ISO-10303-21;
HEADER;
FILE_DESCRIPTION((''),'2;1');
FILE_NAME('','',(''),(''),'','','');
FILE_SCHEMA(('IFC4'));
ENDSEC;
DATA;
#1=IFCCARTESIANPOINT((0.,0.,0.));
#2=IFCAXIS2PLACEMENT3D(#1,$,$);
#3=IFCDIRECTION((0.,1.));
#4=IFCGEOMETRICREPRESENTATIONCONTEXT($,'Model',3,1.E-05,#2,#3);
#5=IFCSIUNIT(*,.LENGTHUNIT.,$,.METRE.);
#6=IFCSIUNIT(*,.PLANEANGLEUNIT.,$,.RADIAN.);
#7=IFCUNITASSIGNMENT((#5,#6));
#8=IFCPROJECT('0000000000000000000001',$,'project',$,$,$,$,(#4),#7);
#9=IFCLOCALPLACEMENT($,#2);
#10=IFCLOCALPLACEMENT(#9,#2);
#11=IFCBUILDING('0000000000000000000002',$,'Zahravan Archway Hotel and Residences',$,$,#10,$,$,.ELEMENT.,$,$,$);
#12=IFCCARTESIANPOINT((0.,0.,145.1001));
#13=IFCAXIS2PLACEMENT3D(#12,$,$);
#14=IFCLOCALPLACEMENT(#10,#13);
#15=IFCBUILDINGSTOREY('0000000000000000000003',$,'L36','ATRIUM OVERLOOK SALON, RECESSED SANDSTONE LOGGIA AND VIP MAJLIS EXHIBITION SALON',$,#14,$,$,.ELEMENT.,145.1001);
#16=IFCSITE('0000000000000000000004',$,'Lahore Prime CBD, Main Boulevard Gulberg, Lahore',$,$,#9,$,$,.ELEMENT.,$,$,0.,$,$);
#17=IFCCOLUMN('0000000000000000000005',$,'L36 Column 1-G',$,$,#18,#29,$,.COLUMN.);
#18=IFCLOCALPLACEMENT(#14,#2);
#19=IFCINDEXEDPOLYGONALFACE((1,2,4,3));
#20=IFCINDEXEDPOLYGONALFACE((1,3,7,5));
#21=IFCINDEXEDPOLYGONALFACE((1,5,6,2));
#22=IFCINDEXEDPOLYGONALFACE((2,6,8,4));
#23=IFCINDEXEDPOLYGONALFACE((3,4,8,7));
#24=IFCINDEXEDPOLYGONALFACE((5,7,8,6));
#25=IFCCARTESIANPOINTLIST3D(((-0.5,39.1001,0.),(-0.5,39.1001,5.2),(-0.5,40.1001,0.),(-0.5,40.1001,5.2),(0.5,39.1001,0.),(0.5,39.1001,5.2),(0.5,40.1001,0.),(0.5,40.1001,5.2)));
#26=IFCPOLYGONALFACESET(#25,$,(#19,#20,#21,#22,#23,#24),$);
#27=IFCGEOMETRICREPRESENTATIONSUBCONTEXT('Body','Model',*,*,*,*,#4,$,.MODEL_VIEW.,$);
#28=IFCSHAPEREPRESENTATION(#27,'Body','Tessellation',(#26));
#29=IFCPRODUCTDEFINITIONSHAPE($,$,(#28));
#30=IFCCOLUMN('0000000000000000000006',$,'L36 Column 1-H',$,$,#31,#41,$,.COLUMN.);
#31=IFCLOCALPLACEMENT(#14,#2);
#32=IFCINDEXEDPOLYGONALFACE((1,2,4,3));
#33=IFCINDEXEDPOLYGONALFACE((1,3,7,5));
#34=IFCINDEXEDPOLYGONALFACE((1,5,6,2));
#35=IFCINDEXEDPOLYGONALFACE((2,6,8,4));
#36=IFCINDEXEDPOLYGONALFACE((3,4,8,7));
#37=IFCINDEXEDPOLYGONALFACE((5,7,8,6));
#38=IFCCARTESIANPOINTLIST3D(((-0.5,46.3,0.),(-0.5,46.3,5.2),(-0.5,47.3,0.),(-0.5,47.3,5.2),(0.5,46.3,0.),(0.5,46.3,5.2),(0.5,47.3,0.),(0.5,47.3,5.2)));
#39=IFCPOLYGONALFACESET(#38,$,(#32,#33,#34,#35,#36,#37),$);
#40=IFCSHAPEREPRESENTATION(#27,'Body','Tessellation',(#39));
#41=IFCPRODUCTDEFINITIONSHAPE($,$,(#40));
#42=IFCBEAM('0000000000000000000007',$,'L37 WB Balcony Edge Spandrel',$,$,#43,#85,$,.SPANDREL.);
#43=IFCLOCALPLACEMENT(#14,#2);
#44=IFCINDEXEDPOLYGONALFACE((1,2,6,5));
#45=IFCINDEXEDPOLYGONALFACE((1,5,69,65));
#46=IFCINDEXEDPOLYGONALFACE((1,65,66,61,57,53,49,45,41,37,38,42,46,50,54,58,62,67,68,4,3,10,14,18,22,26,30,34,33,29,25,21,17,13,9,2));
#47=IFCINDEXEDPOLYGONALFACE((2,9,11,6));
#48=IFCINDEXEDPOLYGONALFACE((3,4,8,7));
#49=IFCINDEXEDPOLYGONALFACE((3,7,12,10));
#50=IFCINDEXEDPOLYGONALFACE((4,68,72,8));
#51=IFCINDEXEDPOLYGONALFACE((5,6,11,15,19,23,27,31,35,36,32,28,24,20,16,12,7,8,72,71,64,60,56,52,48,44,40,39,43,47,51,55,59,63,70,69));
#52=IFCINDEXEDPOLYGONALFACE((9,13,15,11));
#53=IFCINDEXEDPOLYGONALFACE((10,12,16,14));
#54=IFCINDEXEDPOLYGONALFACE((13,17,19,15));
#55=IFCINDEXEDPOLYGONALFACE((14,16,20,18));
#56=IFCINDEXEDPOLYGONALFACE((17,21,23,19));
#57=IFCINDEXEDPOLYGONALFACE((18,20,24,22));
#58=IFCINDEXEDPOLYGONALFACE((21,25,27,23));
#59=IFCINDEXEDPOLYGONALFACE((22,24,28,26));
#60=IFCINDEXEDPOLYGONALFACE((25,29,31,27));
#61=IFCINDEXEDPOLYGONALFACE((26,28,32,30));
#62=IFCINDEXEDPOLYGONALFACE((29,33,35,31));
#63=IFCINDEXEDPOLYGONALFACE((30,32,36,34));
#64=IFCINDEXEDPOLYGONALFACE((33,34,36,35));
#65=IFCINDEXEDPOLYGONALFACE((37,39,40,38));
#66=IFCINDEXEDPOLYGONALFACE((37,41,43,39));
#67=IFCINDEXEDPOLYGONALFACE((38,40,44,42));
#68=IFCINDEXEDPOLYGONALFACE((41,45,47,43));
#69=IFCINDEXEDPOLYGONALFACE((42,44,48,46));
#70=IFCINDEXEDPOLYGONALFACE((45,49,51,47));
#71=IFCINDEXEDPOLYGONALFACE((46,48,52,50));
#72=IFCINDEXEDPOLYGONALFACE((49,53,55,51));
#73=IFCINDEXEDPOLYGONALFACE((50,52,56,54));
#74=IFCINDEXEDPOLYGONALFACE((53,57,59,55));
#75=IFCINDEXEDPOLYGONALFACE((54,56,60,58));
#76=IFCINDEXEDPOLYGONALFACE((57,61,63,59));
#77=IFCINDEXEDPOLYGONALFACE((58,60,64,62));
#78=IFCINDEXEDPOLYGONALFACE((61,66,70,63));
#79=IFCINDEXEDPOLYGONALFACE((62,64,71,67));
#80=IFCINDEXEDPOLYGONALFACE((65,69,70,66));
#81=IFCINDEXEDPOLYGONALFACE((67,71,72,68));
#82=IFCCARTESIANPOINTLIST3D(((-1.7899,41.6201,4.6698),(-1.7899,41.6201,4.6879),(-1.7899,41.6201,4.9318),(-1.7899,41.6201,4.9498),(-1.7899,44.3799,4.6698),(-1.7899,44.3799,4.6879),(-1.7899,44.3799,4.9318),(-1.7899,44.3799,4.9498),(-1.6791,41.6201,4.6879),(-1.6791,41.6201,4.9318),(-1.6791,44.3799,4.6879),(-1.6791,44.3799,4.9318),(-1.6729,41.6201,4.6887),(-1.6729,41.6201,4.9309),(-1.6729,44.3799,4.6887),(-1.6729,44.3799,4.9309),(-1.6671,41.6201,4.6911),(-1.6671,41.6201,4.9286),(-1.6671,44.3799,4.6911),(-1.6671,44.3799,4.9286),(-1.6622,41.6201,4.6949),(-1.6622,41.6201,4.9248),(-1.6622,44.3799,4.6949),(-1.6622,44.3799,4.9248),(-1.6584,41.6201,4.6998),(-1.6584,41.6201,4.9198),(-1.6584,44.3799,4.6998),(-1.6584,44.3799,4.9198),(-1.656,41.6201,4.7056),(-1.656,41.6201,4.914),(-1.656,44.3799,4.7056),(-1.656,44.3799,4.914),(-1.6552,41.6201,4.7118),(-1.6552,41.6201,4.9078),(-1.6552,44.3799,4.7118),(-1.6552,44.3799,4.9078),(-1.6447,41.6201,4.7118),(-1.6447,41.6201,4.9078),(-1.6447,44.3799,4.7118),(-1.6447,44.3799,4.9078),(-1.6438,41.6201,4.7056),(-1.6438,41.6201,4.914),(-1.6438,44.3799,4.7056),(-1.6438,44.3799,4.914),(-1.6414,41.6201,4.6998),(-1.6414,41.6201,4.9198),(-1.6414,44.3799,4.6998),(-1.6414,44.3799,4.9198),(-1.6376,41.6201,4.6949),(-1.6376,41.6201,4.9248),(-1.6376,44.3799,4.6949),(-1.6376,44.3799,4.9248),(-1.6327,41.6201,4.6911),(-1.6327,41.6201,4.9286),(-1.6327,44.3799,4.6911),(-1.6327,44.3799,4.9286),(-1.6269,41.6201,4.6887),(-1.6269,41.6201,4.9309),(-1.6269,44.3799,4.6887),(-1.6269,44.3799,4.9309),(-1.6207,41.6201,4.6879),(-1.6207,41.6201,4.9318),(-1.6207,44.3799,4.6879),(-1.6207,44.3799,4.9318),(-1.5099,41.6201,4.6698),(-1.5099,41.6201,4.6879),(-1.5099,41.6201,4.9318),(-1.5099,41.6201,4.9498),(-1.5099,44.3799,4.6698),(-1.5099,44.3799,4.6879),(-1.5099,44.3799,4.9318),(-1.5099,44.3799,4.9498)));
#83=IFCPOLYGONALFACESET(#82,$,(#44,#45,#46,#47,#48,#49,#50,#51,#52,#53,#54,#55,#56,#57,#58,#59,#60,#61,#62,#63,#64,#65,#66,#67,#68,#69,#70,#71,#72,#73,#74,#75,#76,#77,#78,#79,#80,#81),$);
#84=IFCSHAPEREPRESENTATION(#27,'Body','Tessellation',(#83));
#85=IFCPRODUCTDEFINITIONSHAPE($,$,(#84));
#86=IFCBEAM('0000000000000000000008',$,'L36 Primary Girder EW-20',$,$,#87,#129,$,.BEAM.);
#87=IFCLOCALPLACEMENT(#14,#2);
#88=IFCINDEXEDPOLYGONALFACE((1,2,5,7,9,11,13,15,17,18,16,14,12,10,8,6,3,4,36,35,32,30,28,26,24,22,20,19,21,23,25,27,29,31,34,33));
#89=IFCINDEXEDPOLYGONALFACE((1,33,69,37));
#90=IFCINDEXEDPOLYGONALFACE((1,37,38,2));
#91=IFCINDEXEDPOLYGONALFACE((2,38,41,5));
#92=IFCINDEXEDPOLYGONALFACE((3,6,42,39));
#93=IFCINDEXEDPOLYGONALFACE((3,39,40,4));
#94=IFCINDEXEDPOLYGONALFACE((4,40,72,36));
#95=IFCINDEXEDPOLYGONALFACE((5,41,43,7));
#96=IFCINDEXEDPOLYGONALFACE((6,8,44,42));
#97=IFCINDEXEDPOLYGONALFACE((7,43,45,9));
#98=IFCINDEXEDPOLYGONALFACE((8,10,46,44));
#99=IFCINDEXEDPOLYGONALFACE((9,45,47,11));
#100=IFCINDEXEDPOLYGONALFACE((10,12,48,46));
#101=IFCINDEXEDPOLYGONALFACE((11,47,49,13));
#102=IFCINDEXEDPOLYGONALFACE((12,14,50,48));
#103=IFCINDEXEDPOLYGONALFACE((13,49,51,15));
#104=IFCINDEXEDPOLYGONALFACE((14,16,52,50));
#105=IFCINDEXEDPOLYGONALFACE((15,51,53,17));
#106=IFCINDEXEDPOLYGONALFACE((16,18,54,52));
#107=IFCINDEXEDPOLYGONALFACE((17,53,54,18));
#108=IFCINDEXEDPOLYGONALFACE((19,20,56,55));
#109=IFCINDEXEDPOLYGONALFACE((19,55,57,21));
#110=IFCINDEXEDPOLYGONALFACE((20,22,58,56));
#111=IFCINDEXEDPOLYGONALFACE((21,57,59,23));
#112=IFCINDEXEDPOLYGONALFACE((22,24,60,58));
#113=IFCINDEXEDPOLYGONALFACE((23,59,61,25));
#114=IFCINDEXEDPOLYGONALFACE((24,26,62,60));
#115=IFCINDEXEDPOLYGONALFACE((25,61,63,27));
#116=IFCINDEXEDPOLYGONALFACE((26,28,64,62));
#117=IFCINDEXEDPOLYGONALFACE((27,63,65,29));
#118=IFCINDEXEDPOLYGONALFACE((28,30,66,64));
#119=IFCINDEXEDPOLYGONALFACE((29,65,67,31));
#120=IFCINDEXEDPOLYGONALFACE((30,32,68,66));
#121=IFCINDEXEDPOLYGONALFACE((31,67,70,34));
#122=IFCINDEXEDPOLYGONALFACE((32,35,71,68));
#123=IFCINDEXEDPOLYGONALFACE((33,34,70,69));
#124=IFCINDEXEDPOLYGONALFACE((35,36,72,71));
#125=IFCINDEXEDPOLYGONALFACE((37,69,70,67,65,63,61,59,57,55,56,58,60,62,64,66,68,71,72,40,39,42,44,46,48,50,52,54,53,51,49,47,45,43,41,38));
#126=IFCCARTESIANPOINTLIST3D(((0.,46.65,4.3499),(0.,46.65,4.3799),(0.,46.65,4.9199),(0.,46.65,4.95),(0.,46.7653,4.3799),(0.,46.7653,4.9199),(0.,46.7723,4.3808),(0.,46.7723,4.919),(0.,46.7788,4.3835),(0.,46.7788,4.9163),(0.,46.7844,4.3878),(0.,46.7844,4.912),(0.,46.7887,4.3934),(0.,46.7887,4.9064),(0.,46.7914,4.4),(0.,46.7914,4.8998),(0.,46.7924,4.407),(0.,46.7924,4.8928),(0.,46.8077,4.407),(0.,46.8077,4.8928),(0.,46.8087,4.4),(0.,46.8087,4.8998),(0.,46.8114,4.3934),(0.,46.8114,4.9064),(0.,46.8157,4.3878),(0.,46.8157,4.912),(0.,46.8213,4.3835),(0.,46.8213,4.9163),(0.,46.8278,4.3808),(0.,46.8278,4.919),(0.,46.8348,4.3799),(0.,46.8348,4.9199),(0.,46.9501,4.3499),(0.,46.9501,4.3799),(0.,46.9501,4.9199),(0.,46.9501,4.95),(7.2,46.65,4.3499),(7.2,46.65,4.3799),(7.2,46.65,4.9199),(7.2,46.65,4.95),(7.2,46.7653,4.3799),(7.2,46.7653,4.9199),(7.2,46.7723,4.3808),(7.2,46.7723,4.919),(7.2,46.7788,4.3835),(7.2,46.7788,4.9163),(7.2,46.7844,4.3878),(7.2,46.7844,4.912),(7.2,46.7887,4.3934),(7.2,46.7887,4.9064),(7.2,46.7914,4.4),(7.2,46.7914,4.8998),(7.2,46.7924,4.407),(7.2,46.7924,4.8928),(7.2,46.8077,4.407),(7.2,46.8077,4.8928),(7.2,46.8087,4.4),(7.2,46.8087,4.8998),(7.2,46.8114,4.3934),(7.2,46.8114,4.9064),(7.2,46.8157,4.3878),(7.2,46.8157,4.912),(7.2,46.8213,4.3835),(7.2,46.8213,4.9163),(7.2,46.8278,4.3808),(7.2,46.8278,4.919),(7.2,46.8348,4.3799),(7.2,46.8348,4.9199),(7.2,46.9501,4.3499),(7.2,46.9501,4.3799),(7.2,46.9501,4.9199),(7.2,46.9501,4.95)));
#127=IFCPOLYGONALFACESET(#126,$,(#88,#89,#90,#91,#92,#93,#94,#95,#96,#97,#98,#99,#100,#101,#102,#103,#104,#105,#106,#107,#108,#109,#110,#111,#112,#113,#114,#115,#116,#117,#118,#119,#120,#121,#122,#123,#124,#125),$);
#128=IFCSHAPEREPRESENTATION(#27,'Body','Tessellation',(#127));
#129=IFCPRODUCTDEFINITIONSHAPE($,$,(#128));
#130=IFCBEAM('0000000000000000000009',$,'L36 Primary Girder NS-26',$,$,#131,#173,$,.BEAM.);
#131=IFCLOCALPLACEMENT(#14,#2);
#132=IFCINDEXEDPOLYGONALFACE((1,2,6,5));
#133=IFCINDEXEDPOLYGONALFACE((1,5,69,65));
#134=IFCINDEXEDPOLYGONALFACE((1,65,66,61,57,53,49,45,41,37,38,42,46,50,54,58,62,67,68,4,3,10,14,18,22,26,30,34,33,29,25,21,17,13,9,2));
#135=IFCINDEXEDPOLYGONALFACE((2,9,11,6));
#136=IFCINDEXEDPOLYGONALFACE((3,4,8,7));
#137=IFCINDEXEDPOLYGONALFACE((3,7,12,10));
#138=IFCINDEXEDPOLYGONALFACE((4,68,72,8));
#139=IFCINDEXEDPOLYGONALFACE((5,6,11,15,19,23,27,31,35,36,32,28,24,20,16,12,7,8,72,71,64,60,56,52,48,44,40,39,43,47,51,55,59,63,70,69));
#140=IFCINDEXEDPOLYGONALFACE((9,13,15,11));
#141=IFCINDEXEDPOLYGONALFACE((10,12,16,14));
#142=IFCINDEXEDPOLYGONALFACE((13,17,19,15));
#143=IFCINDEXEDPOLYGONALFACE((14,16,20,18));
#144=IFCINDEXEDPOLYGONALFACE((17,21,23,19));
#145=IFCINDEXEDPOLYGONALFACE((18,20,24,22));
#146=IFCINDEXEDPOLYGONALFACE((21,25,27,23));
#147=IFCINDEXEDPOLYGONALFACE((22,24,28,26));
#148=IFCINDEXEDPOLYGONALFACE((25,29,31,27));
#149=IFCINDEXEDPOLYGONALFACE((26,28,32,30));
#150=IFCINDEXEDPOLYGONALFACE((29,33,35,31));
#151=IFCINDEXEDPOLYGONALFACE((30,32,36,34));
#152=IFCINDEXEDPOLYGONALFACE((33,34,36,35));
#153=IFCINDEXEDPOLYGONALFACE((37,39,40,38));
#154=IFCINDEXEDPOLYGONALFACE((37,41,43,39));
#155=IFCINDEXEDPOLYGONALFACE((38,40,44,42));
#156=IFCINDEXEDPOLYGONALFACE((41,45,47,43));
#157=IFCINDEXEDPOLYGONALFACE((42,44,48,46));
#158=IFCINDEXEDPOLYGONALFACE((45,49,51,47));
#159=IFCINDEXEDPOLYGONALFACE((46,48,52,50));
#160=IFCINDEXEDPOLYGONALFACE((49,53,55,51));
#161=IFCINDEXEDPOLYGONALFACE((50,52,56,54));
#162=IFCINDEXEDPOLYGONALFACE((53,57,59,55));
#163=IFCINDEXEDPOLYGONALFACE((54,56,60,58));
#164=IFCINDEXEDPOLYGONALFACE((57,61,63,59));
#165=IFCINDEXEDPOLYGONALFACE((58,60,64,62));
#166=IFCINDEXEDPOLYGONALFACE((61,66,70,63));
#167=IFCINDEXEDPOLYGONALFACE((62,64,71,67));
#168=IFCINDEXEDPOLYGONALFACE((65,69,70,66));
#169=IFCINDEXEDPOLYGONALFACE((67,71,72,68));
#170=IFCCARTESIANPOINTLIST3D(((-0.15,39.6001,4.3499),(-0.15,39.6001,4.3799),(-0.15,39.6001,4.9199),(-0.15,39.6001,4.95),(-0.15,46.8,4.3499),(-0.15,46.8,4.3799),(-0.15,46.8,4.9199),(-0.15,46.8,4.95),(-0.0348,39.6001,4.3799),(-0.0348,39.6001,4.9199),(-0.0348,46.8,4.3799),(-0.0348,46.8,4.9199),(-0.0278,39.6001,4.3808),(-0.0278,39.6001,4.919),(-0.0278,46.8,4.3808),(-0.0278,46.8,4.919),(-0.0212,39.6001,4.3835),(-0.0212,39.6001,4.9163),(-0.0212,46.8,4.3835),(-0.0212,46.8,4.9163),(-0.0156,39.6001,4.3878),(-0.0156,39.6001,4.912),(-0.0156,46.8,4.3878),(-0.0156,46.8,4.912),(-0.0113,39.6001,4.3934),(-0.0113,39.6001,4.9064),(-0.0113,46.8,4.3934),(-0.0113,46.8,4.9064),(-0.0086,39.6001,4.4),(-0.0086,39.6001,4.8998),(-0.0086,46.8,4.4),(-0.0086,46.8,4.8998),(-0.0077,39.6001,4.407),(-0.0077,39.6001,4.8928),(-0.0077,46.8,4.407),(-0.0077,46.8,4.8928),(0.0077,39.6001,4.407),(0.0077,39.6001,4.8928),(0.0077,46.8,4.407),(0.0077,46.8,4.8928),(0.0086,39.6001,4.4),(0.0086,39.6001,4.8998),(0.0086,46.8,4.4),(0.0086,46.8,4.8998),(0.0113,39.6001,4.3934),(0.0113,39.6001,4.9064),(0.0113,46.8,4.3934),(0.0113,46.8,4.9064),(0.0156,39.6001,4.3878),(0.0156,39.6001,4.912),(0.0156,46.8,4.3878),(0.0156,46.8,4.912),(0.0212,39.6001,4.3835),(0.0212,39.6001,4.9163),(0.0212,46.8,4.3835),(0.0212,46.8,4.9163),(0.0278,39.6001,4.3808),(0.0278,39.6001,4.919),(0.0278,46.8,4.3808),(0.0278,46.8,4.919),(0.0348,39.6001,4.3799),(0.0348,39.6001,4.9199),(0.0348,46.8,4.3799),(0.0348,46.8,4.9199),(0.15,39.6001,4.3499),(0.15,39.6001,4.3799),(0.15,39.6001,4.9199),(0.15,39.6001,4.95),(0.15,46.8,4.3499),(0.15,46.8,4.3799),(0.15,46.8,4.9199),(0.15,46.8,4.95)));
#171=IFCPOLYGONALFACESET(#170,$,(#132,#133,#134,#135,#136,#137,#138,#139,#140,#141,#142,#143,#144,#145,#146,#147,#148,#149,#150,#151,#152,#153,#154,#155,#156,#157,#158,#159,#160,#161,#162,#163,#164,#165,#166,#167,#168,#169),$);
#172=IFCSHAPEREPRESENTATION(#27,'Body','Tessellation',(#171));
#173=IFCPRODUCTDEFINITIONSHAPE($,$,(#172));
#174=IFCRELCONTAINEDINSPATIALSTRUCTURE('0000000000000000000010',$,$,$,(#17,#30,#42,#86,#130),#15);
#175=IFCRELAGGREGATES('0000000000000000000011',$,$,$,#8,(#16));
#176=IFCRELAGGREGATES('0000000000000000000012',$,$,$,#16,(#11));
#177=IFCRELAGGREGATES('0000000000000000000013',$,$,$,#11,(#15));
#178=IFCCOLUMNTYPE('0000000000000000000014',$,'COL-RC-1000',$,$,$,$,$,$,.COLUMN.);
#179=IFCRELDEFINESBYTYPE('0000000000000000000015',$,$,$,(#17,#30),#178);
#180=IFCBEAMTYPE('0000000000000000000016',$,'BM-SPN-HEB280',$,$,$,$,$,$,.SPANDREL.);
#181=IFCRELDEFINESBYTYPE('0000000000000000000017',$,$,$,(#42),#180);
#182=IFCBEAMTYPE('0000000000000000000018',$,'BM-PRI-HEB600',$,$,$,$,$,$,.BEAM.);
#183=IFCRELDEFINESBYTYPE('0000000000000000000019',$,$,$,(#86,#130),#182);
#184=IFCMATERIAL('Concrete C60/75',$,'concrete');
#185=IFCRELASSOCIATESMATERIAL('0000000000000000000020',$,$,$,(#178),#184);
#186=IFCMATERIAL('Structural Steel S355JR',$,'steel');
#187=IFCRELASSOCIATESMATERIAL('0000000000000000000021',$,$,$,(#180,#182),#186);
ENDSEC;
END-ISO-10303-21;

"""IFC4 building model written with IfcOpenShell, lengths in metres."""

from ifc_helpers import new_model, si_unit, direction, frame, origin, origin_2d, place, context, subcontext, project, spatial, rectangle, i_section, extrude, source, transform, mapped, material, material_profile, profile_set, type_object, element, save


model = new_model("IFC4")

# Units and contexts
model_context = context("Model", 3, precision=1e-05, world=origin(), true_north=direction((0.0, 1.0)))
body_context = subcontext(model_context, "Body", "Model", "MODEL_VIEW")
ifc_project = project(units=[si_unit("LENGTHUNIT", "METRE"), si_unit("PLANEANGLEUNIT", "RADIAN")], contexts=[model_context])

# Site, building, storey
site_placement = place(None, origin())
site = spatial("IfcSite", under=ifc_project, at=site_placement, Name="Lahore Prime CBD, Main Boulevard Gulberg, Lahore", CompositionType="ELEMENT", RefElevation=0.0)
building_placement = place(site_placement, origin())
building = spatial("IfcBuilding", under=site, at=building_placement, Name="Zahravan Archway Hotel and Residences", CompositionType="ELEMENT")
storey_placement = place(building_placement, frame((0.0, 0.0, 145.1001)))
storey = spatial("IfcBuildingStorey", under=building, at=storey_placement, Name="L36", Description="ATRIUM OVERLOOK SALON, RECESSED SANDSTONE LOGGIA AND VIP MAJLIS EXHIBITION SALON", CompositionType="ELEMENT", Elevation=145.1001)

# Columns
ifc_material_1 = material(Name="Concrete C60/75", Category="concrete")
ifc_material_profile_1 = material_profile(ifc_material_1, rectangle(XDim=1.0, YDim=1.0, at=origin_2d()), Name="RC-COL-1000x1000", Category="concrete")
ifc_profile_set_1 = profile_set([ifc_material_profile_1], Name="Concrete C60/75")
column_type = type_object("IfcColumnType", Name="COL-RC-1000", PredefinedType="COLUMN", material=ifc_profile_set_1)
shared_shape_1 = source(origin(), body_context, "Body", "SweptSolid", [
    extrude(rectangle(XDim=1.0, YDim=1.0, at=origin_2d()), origin(), (0.0, 0.0, 1.0), 5.2),
])
for number, where, z_axis, x_axis, name in (
    (1, (0.0, 39.6001, 0.0), (0.0, 0.0, 1.0), (1.0, 0.0, 0.0), "L36 Column 1-G"),
    (2, (0.0, 46.8, 0.0), (0.0, 0.0, 1.0), (1.0, 0.0, 0.0), "L36 Column 1-H"),
):
    element("IfcColumn", number, at=place(storey_placement, frame(where, z_axis=z_axis, x_axis=x_axis)), inside=storey, type_object=column_type, Name=name, PredefinedType="COLUMN", context=body_context, shape_type="MappedRepresentation", body=[
        mapped(shared_shape_1, transform((0.0, 0.0, 0.0), scale=1.0)),
    ])

# Beams
ifc_material_2 = material(Name="Structural Steel S355JR", Category="steel")
ifc_material_profile_2 = material_profile(ifc_material_2, i_section(OverallWidth=0.28, OverallDepth=0.28, WebThickness=0.0105, FlangeThickness=0.0181, FilletRadius=0.0239, at=origin_2d()), Name="HEB 280", Category="steel")
ifc_profile_set_2 = profile_set([ifc_material_profile_2], Name="Structural Steel S355JR")
beam_type_1 = type_object("IfcBeamType", Name="BM-SPN-HEB280", PredefinedType="SPANDREL", material=ifc_profile_set_2)
shared_shape_2 = source(origin(), body_context, "Body", "SweptSolid", [
    extrude(i_section(OverallWidth=0.28, OverallDepth=0.28, WebThickness=0.0105, FlangeThickness=0.0181, FilletRadius=0.0239, at=origin_2d()), origin(), (0.0, 0.0, 1.0), 2.7598),
])
beam_placement = place(storey_placement, frame((-1.6499, 41.6201, 4.8098), z_axis=(0.0, 1.0, 0.0), x_axis=(-1.0, 0.0, 0.0)))
element("IfcBeam", 3, at=beam_placement, inside=storey, type_object=beam_type_1, Name="L37 WB Balcony Edge Spandrel", PredefinedType="SPANDREL", context=body_context, shape_type="MappedRepresentation", body=[
    mapped(shared_shape_2, transform((0.0, 0.0, 0.0), scale=1.0)),
])
ifc_material_profile_3 = material_profile(ifc_material_2, i_section(OverallWidth=0.3, OverallDepth=0.6001, WebThickness=0.0154, FlangeThickness=0.03, FilletRadius=0.0271, at=origin_2d()), Name="HEB 600", Category="steel")
ifc_profile_set_3 = profile_set([ifc_material_profile_3], Name="Structural Steel S355JR")
beam_type_2 = type_object("IfcBeamType", Name="BM-PRI-HEB600", PredefinedType="BEAM", material=ifc_profile_set_3)
shared_shape_3 = source(origin(), body_context, "Body", "SweptSolid", [
    extrude(i_section(OverallWidth=0.3, OverallDepth=0.6001, WebThickness=0.0154, FlangeThickness=0.03, FilletRadius=0.0271, at=origin_2d()), origin(), (0.0, 0.0, 1.0), 7.2),
])
for number, where, z_axis, x_axis, name in (
    (4, (0.0, 46.8, 4.6499), (1.0, 0.0, 0.0), (0.0, 1.0, 0.0), "L36 Primary Girder EW-20"),
    (5, (0.0, 39.6001, 4.6499), (0.0, 1.0, 0.0), (-1.0, 0.0, 0.0), "L36 Primary Girder NS-26"),
):
    element("IfcBeam", number, at=place(storey_placement, frame(where, z_axis=z_axis, x_axis=x_axis)), inside=storey, type_object=beam_type_2, Name=name, PredefinedType="BEAM", context=body_context, shape_type="MappedRepresentation", body=[
        mapped(shared_shape_3, transform((0.0, 0.0, 0.0), scale=1.0)),
    ])

save(model, "model.ifc")
